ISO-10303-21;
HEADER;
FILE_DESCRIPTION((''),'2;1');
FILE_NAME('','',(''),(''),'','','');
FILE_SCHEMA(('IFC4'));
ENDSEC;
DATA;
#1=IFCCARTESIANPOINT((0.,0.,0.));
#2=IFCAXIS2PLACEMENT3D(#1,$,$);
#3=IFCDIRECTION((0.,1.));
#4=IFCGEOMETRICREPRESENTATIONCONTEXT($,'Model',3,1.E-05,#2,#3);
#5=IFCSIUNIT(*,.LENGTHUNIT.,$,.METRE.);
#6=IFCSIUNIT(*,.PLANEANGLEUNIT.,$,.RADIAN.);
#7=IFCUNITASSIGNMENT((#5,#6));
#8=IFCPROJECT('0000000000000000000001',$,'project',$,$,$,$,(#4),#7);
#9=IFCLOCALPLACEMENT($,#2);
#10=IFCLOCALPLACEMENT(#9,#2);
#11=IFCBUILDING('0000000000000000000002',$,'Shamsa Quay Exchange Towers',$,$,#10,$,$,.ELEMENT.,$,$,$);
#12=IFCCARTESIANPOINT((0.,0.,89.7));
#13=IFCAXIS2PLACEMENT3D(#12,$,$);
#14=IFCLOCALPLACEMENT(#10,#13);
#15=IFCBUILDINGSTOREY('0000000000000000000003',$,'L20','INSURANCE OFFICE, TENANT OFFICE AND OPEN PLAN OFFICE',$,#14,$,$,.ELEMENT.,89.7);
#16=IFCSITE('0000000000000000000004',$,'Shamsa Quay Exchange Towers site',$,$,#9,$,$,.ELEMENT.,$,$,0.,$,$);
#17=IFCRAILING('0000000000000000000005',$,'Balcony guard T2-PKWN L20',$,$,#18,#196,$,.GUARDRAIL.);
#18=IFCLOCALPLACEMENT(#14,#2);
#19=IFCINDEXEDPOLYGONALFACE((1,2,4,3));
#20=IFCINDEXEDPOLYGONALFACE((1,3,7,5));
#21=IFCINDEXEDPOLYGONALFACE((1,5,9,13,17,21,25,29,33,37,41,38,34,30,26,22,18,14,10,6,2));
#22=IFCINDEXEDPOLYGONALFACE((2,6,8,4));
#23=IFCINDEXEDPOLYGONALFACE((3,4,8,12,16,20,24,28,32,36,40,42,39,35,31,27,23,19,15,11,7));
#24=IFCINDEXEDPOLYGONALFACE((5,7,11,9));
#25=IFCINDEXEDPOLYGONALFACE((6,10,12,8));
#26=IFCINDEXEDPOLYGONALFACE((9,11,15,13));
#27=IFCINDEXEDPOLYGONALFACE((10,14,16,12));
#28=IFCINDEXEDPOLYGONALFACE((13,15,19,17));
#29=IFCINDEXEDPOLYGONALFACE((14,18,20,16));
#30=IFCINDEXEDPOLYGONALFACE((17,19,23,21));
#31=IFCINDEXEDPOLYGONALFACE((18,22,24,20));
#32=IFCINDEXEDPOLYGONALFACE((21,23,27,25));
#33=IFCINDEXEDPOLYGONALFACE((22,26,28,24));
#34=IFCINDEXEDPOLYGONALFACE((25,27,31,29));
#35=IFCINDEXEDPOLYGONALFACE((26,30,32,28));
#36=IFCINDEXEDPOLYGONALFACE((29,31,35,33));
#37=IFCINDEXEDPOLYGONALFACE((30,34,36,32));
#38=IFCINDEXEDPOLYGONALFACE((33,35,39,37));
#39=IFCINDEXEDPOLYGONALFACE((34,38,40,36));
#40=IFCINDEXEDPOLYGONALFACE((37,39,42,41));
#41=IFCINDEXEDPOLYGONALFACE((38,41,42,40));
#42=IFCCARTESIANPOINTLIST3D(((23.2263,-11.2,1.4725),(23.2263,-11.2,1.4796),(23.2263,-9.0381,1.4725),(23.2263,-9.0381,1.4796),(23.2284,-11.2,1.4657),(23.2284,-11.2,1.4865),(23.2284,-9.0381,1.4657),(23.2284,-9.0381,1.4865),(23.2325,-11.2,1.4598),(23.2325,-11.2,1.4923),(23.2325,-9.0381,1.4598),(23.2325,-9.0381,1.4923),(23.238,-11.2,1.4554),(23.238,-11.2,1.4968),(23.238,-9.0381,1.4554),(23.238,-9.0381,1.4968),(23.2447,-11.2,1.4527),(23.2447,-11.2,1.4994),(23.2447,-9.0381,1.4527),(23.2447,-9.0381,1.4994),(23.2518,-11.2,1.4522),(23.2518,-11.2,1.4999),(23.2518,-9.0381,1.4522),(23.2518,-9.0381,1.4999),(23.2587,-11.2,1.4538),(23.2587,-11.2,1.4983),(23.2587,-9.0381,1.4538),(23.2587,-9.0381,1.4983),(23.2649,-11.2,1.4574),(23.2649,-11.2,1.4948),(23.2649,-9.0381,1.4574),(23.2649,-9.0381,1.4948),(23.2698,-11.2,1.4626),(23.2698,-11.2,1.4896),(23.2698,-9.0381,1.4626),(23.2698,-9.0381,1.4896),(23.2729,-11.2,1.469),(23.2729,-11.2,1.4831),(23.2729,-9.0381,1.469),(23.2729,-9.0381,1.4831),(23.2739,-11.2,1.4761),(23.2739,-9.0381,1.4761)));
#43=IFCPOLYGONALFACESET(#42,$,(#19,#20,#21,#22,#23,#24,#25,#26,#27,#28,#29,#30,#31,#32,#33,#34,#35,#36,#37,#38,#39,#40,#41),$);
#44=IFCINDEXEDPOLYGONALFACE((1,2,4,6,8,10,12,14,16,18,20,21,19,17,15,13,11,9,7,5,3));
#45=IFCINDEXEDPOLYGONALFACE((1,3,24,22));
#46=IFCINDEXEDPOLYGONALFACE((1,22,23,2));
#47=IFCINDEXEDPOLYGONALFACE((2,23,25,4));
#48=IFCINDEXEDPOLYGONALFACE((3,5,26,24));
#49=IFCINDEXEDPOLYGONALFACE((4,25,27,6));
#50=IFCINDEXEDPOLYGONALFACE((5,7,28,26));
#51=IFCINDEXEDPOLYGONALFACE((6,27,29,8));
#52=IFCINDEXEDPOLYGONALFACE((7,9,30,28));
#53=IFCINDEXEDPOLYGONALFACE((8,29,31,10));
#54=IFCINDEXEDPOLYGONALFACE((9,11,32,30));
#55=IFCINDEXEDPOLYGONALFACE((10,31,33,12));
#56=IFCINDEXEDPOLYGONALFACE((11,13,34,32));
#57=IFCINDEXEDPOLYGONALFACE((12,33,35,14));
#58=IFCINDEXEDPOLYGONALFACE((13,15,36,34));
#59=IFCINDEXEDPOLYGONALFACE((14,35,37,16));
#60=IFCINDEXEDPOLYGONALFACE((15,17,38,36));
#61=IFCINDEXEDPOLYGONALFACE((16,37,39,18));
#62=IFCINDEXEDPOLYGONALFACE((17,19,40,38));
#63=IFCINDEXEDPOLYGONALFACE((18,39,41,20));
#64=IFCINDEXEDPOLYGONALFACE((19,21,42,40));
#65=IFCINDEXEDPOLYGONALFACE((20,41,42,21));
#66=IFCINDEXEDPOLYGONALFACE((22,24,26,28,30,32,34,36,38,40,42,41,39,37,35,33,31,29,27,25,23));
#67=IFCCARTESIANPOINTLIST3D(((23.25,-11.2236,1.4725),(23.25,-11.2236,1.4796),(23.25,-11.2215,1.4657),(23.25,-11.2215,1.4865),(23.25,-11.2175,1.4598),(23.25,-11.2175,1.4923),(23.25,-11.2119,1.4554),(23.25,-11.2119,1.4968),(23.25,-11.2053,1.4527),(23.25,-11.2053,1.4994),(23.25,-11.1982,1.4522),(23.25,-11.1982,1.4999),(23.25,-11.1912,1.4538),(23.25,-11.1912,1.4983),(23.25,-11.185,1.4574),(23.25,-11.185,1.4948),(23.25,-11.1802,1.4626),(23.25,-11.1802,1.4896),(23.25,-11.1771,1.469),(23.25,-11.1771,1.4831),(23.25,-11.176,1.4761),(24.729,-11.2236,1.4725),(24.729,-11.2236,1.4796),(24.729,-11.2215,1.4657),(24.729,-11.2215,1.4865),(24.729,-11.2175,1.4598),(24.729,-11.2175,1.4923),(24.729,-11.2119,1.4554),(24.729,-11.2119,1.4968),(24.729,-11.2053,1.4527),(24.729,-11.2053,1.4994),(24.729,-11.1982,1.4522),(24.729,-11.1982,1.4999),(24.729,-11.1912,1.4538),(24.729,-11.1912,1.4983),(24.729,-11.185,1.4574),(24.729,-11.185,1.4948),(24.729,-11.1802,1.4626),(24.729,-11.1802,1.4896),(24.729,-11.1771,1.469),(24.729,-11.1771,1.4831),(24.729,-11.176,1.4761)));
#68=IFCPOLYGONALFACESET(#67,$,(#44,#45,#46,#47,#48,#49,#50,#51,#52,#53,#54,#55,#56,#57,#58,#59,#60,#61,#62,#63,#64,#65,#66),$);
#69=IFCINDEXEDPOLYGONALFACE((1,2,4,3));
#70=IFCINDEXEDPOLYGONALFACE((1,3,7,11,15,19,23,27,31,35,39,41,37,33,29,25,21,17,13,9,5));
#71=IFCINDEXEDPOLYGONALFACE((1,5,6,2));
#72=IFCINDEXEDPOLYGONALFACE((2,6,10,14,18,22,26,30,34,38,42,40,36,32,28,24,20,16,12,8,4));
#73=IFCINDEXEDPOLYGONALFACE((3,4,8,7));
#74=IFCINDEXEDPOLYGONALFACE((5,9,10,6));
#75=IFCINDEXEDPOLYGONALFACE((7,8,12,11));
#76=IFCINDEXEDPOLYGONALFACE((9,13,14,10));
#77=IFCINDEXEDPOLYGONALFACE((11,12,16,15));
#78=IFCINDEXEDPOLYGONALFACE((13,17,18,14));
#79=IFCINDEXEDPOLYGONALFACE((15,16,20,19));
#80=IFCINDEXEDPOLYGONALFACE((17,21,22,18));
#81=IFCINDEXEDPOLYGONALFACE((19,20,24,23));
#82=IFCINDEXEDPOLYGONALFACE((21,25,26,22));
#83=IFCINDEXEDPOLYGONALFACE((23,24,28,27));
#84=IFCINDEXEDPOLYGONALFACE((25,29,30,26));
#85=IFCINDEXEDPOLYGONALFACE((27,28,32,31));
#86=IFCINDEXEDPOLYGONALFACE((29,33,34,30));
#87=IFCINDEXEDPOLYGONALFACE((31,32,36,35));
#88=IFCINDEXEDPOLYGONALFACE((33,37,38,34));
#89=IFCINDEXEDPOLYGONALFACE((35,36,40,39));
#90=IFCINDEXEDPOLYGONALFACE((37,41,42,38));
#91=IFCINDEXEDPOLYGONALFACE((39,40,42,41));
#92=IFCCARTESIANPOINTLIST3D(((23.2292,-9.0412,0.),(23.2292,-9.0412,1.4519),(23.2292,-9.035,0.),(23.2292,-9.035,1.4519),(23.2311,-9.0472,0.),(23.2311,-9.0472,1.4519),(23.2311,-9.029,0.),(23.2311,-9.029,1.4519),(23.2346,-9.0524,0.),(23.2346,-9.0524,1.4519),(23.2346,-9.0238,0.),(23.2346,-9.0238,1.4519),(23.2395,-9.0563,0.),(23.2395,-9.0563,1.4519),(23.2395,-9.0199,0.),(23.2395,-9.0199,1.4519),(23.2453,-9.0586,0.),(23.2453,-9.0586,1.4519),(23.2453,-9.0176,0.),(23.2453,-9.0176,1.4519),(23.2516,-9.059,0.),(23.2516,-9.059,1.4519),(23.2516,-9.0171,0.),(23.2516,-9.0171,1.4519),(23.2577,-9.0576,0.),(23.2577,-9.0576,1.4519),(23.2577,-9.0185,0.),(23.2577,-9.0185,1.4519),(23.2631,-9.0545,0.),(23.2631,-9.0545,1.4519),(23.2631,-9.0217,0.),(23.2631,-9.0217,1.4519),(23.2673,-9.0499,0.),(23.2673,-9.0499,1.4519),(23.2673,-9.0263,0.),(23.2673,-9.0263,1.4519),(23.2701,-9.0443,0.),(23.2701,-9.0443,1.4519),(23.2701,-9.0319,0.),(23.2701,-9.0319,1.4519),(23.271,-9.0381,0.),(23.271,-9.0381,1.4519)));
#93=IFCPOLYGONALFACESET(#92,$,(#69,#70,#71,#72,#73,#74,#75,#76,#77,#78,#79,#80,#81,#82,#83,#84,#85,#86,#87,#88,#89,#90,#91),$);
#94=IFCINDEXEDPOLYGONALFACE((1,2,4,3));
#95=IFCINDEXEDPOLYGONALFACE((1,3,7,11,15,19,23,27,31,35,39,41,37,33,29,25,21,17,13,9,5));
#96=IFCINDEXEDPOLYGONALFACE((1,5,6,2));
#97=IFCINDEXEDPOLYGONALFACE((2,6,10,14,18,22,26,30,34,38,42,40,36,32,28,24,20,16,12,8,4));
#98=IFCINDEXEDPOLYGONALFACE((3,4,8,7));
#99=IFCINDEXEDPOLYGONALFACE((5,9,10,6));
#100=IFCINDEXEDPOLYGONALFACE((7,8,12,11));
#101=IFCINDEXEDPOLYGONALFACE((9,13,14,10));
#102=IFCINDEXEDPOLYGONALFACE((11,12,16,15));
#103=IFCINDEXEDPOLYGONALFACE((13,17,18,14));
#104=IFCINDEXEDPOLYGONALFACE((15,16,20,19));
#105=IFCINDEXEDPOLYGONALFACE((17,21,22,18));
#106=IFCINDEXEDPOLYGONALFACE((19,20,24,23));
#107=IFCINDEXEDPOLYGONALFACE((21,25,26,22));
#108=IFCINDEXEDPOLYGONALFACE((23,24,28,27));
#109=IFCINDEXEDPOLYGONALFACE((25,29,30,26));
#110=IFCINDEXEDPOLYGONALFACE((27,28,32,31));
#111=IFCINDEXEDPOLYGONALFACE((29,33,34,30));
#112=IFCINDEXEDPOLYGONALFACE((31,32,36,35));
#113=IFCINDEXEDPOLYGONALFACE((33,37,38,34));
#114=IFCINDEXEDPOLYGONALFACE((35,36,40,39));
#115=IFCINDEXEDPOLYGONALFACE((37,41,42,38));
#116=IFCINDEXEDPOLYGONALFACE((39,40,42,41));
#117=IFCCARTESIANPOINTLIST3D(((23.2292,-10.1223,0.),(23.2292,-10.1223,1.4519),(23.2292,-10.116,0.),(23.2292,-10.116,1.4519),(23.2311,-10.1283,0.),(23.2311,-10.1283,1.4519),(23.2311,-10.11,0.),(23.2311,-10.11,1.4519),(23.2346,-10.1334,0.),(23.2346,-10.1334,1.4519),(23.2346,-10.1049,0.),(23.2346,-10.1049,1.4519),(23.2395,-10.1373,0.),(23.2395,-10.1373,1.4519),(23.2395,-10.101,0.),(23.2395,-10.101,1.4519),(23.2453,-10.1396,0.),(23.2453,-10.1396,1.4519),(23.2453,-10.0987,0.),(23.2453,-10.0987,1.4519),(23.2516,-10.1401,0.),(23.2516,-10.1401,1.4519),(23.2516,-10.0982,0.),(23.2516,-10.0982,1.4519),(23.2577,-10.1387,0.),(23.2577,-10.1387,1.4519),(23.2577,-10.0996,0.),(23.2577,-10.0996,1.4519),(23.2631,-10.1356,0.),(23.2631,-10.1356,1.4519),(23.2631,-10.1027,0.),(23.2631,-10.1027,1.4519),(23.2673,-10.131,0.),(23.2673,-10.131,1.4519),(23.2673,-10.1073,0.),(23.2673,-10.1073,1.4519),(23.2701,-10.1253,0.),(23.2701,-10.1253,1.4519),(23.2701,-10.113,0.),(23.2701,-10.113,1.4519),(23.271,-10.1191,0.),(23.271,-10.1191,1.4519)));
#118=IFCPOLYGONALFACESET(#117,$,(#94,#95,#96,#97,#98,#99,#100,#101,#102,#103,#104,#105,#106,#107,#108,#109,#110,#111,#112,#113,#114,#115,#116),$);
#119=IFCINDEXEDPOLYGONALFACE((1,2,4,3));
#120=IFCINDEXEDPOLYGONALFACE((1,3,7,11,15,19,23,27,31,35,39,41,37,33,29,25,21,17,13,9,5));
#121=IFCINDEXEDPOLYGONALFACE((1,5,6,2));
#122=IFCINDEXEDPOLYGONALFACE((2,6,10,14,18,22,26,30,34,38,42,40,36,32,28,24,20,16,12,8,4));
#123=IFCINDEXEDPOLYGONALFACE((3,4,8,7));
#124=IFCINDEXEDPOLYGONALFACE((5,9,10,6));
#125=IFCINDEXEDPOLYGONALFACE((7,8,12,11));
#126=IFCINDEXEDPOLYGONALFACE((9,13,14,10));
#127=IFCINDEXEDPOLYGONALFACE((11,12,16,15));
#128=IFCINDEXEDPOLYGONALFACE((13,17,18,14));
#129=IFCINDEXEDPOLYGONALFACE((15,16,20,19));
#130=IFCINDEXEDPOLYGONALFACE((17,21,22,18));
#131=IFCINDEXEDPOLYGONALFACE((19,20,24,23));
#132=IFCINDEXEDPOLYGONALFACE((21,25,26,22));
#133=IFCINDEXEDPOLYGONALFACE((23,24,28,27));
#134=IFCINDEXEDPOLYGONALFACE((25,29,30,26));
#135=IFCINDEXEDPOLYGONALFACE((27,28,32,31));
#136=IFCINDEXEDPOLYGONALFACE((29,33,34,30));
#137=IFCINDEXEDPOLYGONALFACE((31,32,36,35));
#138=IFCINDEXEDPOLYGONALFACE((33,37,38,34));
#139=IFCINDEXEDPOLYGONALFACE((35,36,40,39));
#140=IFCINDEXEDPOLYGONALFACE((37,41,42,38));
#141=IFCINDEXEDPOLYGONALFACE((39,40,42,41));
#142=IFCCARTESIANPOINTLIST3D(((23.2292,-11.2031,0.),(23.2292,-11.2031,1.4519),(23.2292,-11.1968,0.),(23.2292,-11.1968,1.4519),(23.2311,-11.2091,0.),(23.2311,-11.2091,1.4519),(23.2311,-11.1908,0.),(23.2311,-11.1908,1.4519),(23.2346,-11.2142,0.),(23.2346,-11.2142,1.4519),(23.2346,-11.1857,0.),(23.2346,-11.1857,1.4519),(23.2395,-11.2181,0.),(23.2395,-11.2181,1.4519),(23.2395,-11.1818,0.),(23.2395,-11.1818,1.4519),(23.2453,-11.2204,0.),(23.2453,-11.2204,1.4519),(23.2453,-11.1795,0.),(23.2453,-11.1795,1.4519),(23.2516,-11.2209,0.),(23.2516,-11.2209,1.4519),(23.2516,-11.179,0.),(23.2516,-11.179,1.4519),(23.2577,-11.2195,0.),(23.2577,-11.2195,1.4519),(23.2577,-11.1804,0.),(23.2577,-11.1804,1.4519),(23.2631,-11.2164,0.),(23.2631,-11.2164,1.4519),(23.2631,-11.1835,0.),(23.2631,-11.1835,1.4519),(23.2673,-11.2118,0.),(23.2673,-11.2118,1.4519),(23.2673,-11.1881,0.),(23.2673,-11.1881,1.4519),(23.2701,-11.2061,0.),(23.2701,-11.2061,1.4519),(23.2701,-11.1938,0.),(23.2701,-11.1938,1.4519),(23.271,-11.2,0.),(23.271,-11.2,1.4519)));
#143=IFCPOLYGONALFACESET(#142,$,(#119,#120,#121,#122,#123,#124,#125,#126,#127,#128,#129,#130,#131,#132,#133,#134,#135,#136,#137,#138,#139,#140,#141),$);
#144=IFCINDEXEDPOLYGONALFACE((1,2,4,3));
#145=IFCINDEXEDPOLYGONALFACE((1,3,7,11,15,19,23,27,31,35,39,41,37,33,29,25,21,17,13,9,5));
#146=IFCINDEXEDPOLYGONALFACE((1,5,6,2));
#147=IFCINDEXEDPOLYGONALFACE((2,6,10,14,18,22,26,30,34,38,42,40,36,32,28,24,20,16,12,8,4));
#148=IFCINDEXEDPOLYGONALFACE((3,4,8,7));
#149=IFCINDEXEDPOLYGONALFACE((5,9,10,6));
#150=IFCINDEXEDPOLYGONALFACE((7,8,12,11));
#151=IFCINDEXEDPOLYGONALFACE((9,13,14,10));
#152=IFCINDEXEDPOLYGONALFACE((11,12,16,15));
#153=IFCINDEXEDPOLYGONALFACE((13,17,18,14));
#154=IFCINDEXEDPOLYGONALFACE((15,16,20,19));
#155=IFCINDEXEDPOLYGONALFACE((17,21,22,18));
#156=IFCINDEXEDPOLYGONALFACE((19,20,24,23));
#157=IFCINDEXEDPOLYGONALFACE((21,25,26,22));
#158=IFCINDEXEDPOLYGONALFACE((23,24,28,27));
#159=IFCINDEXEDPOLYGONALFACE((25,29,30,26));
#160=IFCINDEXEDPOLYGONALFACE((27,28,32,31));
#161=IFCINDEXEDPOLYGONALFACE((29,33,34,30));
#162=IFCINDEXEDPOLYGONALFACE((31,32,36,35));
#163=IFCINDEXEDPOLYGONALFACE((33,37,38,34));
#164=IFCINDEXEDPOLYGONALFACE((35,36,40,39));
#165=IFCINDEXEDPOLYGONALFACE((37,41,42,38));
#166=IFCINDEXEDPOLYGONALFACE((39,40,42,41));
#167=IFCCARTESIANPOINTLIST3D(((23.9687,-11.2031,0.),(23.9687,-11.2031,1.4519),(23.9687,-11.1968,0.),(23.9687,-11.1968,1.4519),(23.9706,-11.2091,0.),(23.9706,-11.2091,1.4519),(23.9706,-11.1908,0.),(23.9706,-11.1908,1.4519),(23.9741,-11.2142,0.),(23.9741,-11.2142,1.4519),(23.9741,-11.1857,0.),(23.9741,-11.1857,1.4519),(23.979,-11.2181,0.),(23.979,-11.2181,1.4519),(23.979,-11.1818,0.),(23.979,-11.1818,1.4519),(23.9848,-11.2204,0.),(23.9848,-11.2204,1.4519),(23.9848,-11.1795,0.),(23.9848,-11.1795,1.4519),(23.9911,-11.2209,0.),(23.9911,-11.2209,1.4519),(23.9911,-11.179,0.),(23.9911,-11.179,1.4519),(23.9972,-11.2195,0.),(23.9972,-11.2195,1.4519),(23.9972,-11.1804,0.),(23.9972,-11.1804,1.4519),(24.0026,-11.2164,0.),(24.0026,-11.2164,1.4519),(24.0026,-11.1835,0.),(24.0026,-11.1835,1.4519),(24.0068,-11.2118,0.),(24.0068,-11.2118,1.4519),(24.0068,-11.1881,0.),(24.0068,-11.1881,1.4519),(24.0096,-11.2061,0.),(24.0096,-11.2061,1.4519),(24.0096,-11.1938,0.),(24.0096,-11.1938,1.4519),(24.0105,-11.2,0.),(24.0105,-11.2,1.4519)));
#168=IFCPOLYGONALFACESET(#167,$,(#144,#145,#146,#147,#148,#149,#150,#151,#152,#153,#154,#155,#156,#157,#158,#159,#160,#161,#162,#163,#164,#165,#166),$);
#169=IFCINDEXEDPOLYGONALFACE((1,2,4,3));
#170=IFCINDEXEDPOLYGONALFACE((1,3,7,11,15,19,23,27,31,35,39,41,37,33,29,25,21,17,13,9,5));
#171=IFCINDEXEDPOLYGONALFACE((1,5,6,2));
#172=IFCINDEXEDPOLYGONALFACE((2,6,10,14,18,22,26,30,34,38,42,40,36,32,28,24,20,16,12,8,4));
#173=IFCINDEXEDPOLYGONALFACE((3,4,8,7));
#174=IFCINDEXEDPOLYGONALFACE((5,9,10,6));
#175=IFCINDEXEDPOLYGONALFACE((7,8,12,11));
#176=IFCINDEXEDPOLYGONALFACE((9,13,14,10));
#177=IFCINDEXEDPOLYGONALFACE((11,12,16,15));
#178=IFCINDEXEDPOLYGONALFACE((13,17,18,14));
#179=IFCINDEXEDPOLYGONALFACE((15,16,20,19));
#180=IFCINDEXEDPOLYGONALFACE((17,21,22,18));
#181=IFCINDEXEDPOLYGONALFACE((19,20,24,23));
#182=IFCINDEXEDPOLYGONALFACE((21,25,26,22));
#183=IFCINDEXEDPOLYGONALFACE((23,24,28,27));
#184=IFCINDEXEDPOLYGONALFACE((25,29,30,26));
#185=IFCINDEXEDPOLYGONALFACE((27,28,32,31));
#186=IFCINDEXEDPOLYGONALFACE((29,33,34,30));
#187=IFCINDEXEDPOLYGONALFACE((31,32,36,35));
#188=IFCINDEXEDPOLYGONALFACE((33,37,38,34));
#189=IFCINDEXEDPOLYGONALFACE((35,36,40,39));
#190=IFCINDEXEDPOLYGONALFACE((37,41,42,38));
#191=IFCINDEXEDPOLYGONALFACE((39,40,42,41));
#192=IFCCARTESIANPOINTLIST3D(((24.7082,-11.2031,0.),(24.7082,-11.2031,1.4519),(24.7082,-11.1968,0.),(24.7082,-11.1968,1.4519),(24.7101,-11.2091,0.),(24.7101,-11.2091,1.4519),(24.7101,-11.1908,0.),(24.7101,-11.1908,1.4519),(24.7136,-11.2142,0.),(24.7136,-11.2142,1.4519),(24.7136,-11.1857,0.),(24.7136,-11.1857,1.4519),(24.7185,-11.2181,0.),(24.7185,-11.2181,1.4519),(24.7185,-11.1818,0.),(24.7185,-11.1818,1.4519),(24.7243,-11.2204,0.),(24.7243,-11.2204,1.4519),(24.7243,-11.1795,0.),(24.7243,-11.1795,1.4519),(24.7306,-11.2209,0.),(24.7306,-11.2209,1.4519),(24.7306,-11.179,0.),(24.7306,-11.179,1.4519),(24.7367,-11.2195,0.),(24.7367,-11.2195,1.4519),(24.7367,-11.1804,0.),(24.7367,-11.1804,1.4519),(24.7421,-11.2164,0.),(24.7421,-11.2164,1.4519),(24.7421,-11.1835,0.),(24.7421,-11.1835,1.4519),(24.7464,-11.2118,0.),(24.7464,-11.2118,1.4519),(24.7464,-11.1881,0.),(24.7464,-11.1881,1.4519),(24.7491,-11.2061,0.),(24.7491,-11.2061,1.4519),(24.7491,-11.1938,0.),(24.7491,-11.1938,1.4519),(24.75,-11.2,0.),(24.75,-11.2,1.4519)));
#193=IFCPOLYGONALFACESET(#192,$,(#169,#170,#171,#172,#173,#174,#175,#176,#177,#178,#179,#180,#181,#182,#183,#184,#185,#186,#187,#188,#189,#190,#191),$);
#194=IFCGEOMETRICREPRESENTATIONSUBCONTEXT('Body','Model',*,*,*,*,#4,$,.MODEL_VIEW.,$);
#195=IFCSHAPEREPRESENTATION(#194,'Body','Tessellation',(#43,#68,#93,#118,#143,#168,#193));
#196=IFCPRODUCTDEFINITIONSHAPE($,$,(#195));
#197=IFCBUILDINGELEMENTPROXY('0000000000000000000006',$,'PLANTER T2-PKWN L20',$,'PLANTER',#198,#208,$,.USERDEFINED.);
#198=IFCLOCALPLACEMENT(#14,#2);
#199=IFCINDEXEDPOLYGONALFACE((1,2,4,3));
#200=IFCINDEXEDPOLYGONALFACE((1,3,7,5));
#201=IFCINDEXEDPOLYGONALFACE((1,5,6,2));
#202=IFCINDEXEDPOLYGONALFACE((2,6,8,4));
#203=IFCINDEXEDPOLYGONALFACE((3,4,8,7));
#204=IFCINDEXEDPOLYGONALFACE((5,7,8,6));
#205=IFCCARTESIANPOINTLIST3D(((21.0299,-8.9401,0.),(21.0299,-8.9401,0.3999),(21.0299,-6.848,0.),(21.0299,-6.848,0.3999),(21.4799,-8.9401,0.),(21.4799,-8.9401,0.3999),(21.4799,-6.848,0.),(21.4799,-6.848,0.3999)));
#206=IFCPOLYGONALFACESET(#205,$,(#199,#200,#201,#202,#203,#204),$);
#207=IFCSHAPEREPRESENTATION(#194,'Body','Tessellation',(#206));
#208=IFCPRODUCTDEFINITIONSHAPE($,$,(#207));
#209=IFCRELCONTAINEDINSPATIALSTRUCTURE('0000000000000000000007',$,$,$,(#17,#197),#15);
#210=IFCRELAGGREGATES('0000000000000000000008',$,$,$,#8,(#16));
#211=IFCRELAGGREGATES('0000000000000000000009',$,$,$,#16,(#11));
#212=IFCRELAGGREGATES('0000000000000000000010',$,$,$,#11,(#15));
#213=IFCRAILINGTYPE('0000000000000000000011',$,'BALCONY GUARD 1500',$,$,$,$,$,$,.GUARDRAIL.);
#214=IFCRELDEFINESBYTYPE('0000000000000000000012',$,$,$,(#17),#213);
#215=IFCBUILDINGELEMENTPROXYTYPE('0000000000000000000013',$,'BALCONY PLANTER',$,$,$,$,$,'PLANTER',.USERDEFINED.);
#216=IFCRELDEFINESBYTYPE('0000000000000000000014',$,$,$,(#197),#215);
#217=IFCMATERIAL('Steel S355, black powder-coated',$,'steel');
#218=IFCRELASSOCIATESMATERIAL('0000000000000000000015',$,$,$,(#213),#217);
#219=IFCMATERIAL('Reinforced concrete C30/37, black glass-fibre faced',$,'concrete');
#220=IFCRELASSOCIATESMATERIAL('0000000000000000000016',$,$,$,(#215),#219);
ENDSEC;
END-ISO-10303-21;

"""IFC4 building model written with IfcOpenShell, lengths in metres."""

from ifc_helpers import new_model, si_unit, direction, frame, origin, origin_2d, place, context, subcontext, project, spatial, rectangle, circle, extrude, material, type_object, element, save


model = new_model("IFC4")

# Units and contexts
model_context = context("Model", 3, precision=1e-05, world=origin(), true_north=direction((0.0, 1.0)))
body_context = subcontext(model_context, "Body", "Model", "MODEL_VIEW")
ifc_project = project(units=[si_unit("LENGTHUNIT", "METRE"), si_unit("PLANEANGLEUNIT", "RADIAN")], contexts=[model_context])

# Site, building, storey
site_placement = place(None, origin())
site = spatial("IfcSite", under=ifc_project, at=site_placement, Name="Shamsa Quay Exchange Towers site", CompositionType="ELEMENT", RefElevation=0.0)
building_placement = place(site_placement, origin())
building = spatial("IfcBuilding", under=site, at=building_placement, Name="Shamsa Quay Exchange Towers", CompositionType="ELEMENT")
storey_placement = place(building_placement, frame((0.0, 0.0, 89.7)))
storey = spatial("IfcBuildingStorey", under=building, at=storey_placement, Name="L20", Description="INSURANCE OFFICE, TENANT OFFICE AND OPEN PLAN OFFICE", CompositionType="ELEMENT", Elevation=89.7)

# Railing
ifc_material_1 = material(Name="Steel S355, black powder-coated", Category="steel")
railing_type_1 = type_object("IfcRailingType", Name="BALCONY GUARD 1500", PredefinedType="GUARDRAIL", material=ifc_material_1)
for number, where, name in (
    (1, (23.25, -9.0381, 0.0), "Balcony guard T2-PKWN L20"),
):
    element("IfcRailing", number, at=place(storey_placement, frame(where)), inside=storey, type_object=railing_type_1, Name=name, PredefinedType="GUARDRAIL", context=body_context, shape_type="SweptSolid", body=[
        extrude(circle(Radius=0.0239, at=origin_2d()), frame((0.0, 0.0, 1.4761), z_axis=(0.0, -1.0, 0.0), x_axis=(1.0, 0.0, 0.0)), (0.0, 0.0, 1.0), 2.1619),
        extrude(circle(Radius=0.0239, at=origin_2d()), frame((0.0, -2.1619, 1.4761), z_axis=(1.0, 0.0, 0.0), x_axis=(0.0, 1.0, 0.0)), (0.0, 0.0, 1.0), 1.479),
        extrude(circle(Radius=0.021, at=origin_2d()), origin(), (0.0, 0.0, 1.0), 1.4519),
        extrude(circle(Radius=0.021, at=origin_2d()), frame((0.0, -1.0811, 0.0)), (0.0, 0.0, 1.0), 1.4519),
        extrude(circle(Radius=0.021, at=origin_2d()), frame((0.0, -2.1619, 0.0)), (0.0, 0.0, 1.0), 1.4519),
        extrude(circle(Radius=0.021, at=origin_2d()), frame((0.7395, -2.1619, 0.0)), (0.0, 0.0, 1.0), 1.4519),
        extrude(circle(Radius=0.021, at=origin_2d()), frame((1.479, -2.1619, 0.0)), (0.0, 0.0, 1.0), 1.4519),
    ])

# Building element proxy
ifc_material_2 = material(Name="Reinforced concrete C30/37, black glass-fibre faced", Category="concrete")
building_element_proxy_type = type_object("IfcBuildingElementProxyType", Name="BALCONY PLANTER", ElementType="PLANTER", PredefinedType="USERDEFINED", material=ifc_material_2)
for number, where, z_axis, x_axis, name in (
    (2, (21.2549, -7.894, 0.0), (0.0, 0.0, 1.0), (0.0, -1.0, 0.0), "PLANTER T2-PKWN L20"),
):
    element("IfcBuildingElementProxy", number, at=place(storey_placement, frame(where, z_axis=z_axis, x_axis=x_axis)), inside=storey, type_object=building_element_proxy_type, Name=name, ObjectType="PLANTER", PredefinedType="USERDEFINED", context=body_context, shape_type="SweptSolid", body=[
        extrude(rectangle(XDim=2.092, YDim=0.45, at=origin_2d()), origin(), (0.0, 0.0, 1.0), 0.3999),
    ])

save(model, "model.ifc")
